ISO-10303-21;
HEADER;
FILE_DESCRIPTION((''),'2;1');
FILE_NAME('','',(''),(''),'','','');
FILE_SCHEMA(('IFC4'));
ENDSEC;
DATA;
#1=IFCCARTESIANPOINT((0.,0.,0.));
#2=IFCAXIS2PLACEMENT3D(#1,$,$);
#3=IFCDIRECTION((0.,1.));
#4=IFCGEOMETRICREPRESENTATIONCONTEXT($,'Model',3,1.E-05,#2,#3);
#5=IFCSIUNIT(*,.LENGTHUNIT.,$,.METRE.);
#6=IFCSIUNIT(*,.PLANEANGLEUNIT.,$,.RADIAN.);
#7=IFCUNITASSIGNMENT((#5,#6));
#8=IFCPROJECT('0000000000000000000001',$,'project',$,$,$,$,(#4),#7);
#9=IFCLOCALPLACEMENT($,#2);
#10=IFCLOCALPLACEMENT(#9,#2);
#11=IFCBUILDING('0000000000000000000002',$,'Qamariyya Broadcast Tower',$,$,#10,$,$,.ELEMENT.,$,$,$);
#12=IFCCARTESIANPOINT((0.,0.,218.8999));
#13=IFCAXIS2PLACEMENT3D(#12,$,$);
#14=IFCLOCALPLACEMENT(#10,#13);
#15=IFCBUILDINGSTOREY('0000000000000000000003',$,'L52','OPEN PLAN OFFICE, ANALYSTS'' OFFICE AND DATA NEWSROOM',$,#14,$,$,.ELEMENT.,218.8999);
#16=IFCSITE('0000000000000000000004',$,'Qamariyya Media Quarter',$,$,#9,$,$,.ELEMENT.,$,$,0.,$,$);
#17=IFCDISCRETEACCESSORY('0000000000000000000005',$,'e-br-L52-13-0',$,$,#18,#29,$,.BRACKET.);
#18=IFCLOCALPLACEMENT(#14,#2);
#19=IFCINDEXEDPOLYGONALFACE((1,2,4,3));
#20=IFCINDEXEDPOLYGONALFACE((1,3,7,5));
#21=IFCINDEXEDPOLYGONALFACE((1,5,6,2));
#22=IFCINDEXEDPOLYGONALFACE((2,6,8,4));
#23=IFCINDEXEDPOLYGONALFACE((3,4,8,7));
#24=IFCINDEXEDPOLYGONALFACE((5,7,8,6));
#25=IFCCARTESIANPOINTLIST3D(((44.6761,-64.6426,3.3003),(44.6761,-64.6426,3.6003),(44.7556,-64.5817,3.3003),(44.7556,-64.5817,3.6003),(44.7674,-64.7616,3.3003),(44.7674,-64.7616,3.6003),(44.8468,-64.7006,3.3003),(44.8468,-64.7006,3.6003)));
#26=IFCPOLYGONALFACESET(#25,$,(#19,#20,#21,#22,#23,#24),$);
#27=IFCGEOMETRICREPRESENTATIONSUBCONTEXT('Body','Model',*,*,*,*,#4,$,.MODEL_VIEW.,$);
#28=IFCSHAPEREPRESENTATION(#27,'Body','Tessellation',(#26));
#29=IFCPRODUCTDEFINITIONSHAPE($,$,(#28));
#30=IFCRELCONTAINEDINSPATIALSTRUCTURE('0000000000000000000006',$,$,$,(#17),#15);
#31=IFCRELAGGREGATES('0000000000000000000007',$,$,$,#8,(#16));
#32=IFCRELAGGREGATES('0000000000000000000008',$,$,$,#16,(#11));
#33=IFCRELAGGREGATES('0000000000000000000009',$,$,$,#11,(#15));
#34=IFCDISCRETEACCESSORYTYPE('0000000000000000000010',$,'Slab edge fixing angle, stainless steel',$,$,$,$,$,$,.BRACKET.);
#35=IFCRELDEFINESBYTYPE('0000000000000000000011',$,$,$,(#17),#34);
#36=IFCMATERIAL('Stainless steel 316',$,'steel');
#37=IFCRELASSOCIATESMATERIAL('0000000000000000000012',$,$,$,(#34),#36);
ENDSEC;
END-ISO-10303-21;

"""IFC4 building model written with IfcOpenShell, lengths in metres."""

from ifc_helpers import new_model, si_unit, direction, frame, origin, origin_2d, place, context, subcontext, project, spatial, rectangle, extrude, material, type_object, element, save


model = new_model("IFC4")

# Units and contexts
model_context = context("Model", 3, precision=1e-05, world=origin(), true_north=direction((0.0, 1.0)))
body_context = subcontext(model_context, "Body", "Model", "MODEL_VIEW")
ifc_project = project(units=[si_unit("LENGTHUNIT", "METRE"), si_unit("PLANEANGLEUNIT", "RADIAN")], contexts=[model_context])

# Site, building, storey
site_placement = place(None, origin())
site = spatial("IfcSite", under=ifc_project, at=site_placement, Name="Qamariyya Media Quarter", CompositionType="ELEMENT", RefElevation=0.0)
building_placement = place(site_placement, origin())
building = spatial("IfcBuilding", under=site, at=building_placement, Name="Qamariyya Broadcast Tower", CompositionType="ELEMENT")
storey_placement = place(building_placement, frame((0.0, 0.0, 218.8999)))
storey = spatial("IfcBuildingStorey", under=building, at=storey_placement, Name="L52", Description="OPEN PLAN OFFICE, ANALYSTS' OFFICE AND DATA NEWSROOM", CompositionType="ELEMENT", Elevation=218.8999)

# Discrete accessory
ifc_material_1 = material(Name="Stainless steel 316", Category="steel")
discrete_accessory_type = type_object("IfcDiscreteAccessoryType", Name="Slab edge fixing angle, stainless steel", PredefinedType="BRACKET", material=ifc_material_1)
discrete_accessory_1_placement = place(storey_placement, frame((44.7615, -64.6716, 3.3003), z_axis=(0.0, 0.0, 1.0), x_axis=(0.793353, 0.608761, 0.0)))
element("IfcDiscreteAccessory", 1, at=discrete_accessory_1_placement, inside=storey, type_object=discrete_accessory_type, Name="e-br-L52-13-0", PredefinedType="BRACKET", context=body_context, shape_type="SweptSolid", body=[
    extrude(rectangle(XDim=0.1001, YDim=0.1499, at=origin_2d()), origin(), (0.0, 0.0, 1.0), 0.3),
])

save(model, "model.ifc")
